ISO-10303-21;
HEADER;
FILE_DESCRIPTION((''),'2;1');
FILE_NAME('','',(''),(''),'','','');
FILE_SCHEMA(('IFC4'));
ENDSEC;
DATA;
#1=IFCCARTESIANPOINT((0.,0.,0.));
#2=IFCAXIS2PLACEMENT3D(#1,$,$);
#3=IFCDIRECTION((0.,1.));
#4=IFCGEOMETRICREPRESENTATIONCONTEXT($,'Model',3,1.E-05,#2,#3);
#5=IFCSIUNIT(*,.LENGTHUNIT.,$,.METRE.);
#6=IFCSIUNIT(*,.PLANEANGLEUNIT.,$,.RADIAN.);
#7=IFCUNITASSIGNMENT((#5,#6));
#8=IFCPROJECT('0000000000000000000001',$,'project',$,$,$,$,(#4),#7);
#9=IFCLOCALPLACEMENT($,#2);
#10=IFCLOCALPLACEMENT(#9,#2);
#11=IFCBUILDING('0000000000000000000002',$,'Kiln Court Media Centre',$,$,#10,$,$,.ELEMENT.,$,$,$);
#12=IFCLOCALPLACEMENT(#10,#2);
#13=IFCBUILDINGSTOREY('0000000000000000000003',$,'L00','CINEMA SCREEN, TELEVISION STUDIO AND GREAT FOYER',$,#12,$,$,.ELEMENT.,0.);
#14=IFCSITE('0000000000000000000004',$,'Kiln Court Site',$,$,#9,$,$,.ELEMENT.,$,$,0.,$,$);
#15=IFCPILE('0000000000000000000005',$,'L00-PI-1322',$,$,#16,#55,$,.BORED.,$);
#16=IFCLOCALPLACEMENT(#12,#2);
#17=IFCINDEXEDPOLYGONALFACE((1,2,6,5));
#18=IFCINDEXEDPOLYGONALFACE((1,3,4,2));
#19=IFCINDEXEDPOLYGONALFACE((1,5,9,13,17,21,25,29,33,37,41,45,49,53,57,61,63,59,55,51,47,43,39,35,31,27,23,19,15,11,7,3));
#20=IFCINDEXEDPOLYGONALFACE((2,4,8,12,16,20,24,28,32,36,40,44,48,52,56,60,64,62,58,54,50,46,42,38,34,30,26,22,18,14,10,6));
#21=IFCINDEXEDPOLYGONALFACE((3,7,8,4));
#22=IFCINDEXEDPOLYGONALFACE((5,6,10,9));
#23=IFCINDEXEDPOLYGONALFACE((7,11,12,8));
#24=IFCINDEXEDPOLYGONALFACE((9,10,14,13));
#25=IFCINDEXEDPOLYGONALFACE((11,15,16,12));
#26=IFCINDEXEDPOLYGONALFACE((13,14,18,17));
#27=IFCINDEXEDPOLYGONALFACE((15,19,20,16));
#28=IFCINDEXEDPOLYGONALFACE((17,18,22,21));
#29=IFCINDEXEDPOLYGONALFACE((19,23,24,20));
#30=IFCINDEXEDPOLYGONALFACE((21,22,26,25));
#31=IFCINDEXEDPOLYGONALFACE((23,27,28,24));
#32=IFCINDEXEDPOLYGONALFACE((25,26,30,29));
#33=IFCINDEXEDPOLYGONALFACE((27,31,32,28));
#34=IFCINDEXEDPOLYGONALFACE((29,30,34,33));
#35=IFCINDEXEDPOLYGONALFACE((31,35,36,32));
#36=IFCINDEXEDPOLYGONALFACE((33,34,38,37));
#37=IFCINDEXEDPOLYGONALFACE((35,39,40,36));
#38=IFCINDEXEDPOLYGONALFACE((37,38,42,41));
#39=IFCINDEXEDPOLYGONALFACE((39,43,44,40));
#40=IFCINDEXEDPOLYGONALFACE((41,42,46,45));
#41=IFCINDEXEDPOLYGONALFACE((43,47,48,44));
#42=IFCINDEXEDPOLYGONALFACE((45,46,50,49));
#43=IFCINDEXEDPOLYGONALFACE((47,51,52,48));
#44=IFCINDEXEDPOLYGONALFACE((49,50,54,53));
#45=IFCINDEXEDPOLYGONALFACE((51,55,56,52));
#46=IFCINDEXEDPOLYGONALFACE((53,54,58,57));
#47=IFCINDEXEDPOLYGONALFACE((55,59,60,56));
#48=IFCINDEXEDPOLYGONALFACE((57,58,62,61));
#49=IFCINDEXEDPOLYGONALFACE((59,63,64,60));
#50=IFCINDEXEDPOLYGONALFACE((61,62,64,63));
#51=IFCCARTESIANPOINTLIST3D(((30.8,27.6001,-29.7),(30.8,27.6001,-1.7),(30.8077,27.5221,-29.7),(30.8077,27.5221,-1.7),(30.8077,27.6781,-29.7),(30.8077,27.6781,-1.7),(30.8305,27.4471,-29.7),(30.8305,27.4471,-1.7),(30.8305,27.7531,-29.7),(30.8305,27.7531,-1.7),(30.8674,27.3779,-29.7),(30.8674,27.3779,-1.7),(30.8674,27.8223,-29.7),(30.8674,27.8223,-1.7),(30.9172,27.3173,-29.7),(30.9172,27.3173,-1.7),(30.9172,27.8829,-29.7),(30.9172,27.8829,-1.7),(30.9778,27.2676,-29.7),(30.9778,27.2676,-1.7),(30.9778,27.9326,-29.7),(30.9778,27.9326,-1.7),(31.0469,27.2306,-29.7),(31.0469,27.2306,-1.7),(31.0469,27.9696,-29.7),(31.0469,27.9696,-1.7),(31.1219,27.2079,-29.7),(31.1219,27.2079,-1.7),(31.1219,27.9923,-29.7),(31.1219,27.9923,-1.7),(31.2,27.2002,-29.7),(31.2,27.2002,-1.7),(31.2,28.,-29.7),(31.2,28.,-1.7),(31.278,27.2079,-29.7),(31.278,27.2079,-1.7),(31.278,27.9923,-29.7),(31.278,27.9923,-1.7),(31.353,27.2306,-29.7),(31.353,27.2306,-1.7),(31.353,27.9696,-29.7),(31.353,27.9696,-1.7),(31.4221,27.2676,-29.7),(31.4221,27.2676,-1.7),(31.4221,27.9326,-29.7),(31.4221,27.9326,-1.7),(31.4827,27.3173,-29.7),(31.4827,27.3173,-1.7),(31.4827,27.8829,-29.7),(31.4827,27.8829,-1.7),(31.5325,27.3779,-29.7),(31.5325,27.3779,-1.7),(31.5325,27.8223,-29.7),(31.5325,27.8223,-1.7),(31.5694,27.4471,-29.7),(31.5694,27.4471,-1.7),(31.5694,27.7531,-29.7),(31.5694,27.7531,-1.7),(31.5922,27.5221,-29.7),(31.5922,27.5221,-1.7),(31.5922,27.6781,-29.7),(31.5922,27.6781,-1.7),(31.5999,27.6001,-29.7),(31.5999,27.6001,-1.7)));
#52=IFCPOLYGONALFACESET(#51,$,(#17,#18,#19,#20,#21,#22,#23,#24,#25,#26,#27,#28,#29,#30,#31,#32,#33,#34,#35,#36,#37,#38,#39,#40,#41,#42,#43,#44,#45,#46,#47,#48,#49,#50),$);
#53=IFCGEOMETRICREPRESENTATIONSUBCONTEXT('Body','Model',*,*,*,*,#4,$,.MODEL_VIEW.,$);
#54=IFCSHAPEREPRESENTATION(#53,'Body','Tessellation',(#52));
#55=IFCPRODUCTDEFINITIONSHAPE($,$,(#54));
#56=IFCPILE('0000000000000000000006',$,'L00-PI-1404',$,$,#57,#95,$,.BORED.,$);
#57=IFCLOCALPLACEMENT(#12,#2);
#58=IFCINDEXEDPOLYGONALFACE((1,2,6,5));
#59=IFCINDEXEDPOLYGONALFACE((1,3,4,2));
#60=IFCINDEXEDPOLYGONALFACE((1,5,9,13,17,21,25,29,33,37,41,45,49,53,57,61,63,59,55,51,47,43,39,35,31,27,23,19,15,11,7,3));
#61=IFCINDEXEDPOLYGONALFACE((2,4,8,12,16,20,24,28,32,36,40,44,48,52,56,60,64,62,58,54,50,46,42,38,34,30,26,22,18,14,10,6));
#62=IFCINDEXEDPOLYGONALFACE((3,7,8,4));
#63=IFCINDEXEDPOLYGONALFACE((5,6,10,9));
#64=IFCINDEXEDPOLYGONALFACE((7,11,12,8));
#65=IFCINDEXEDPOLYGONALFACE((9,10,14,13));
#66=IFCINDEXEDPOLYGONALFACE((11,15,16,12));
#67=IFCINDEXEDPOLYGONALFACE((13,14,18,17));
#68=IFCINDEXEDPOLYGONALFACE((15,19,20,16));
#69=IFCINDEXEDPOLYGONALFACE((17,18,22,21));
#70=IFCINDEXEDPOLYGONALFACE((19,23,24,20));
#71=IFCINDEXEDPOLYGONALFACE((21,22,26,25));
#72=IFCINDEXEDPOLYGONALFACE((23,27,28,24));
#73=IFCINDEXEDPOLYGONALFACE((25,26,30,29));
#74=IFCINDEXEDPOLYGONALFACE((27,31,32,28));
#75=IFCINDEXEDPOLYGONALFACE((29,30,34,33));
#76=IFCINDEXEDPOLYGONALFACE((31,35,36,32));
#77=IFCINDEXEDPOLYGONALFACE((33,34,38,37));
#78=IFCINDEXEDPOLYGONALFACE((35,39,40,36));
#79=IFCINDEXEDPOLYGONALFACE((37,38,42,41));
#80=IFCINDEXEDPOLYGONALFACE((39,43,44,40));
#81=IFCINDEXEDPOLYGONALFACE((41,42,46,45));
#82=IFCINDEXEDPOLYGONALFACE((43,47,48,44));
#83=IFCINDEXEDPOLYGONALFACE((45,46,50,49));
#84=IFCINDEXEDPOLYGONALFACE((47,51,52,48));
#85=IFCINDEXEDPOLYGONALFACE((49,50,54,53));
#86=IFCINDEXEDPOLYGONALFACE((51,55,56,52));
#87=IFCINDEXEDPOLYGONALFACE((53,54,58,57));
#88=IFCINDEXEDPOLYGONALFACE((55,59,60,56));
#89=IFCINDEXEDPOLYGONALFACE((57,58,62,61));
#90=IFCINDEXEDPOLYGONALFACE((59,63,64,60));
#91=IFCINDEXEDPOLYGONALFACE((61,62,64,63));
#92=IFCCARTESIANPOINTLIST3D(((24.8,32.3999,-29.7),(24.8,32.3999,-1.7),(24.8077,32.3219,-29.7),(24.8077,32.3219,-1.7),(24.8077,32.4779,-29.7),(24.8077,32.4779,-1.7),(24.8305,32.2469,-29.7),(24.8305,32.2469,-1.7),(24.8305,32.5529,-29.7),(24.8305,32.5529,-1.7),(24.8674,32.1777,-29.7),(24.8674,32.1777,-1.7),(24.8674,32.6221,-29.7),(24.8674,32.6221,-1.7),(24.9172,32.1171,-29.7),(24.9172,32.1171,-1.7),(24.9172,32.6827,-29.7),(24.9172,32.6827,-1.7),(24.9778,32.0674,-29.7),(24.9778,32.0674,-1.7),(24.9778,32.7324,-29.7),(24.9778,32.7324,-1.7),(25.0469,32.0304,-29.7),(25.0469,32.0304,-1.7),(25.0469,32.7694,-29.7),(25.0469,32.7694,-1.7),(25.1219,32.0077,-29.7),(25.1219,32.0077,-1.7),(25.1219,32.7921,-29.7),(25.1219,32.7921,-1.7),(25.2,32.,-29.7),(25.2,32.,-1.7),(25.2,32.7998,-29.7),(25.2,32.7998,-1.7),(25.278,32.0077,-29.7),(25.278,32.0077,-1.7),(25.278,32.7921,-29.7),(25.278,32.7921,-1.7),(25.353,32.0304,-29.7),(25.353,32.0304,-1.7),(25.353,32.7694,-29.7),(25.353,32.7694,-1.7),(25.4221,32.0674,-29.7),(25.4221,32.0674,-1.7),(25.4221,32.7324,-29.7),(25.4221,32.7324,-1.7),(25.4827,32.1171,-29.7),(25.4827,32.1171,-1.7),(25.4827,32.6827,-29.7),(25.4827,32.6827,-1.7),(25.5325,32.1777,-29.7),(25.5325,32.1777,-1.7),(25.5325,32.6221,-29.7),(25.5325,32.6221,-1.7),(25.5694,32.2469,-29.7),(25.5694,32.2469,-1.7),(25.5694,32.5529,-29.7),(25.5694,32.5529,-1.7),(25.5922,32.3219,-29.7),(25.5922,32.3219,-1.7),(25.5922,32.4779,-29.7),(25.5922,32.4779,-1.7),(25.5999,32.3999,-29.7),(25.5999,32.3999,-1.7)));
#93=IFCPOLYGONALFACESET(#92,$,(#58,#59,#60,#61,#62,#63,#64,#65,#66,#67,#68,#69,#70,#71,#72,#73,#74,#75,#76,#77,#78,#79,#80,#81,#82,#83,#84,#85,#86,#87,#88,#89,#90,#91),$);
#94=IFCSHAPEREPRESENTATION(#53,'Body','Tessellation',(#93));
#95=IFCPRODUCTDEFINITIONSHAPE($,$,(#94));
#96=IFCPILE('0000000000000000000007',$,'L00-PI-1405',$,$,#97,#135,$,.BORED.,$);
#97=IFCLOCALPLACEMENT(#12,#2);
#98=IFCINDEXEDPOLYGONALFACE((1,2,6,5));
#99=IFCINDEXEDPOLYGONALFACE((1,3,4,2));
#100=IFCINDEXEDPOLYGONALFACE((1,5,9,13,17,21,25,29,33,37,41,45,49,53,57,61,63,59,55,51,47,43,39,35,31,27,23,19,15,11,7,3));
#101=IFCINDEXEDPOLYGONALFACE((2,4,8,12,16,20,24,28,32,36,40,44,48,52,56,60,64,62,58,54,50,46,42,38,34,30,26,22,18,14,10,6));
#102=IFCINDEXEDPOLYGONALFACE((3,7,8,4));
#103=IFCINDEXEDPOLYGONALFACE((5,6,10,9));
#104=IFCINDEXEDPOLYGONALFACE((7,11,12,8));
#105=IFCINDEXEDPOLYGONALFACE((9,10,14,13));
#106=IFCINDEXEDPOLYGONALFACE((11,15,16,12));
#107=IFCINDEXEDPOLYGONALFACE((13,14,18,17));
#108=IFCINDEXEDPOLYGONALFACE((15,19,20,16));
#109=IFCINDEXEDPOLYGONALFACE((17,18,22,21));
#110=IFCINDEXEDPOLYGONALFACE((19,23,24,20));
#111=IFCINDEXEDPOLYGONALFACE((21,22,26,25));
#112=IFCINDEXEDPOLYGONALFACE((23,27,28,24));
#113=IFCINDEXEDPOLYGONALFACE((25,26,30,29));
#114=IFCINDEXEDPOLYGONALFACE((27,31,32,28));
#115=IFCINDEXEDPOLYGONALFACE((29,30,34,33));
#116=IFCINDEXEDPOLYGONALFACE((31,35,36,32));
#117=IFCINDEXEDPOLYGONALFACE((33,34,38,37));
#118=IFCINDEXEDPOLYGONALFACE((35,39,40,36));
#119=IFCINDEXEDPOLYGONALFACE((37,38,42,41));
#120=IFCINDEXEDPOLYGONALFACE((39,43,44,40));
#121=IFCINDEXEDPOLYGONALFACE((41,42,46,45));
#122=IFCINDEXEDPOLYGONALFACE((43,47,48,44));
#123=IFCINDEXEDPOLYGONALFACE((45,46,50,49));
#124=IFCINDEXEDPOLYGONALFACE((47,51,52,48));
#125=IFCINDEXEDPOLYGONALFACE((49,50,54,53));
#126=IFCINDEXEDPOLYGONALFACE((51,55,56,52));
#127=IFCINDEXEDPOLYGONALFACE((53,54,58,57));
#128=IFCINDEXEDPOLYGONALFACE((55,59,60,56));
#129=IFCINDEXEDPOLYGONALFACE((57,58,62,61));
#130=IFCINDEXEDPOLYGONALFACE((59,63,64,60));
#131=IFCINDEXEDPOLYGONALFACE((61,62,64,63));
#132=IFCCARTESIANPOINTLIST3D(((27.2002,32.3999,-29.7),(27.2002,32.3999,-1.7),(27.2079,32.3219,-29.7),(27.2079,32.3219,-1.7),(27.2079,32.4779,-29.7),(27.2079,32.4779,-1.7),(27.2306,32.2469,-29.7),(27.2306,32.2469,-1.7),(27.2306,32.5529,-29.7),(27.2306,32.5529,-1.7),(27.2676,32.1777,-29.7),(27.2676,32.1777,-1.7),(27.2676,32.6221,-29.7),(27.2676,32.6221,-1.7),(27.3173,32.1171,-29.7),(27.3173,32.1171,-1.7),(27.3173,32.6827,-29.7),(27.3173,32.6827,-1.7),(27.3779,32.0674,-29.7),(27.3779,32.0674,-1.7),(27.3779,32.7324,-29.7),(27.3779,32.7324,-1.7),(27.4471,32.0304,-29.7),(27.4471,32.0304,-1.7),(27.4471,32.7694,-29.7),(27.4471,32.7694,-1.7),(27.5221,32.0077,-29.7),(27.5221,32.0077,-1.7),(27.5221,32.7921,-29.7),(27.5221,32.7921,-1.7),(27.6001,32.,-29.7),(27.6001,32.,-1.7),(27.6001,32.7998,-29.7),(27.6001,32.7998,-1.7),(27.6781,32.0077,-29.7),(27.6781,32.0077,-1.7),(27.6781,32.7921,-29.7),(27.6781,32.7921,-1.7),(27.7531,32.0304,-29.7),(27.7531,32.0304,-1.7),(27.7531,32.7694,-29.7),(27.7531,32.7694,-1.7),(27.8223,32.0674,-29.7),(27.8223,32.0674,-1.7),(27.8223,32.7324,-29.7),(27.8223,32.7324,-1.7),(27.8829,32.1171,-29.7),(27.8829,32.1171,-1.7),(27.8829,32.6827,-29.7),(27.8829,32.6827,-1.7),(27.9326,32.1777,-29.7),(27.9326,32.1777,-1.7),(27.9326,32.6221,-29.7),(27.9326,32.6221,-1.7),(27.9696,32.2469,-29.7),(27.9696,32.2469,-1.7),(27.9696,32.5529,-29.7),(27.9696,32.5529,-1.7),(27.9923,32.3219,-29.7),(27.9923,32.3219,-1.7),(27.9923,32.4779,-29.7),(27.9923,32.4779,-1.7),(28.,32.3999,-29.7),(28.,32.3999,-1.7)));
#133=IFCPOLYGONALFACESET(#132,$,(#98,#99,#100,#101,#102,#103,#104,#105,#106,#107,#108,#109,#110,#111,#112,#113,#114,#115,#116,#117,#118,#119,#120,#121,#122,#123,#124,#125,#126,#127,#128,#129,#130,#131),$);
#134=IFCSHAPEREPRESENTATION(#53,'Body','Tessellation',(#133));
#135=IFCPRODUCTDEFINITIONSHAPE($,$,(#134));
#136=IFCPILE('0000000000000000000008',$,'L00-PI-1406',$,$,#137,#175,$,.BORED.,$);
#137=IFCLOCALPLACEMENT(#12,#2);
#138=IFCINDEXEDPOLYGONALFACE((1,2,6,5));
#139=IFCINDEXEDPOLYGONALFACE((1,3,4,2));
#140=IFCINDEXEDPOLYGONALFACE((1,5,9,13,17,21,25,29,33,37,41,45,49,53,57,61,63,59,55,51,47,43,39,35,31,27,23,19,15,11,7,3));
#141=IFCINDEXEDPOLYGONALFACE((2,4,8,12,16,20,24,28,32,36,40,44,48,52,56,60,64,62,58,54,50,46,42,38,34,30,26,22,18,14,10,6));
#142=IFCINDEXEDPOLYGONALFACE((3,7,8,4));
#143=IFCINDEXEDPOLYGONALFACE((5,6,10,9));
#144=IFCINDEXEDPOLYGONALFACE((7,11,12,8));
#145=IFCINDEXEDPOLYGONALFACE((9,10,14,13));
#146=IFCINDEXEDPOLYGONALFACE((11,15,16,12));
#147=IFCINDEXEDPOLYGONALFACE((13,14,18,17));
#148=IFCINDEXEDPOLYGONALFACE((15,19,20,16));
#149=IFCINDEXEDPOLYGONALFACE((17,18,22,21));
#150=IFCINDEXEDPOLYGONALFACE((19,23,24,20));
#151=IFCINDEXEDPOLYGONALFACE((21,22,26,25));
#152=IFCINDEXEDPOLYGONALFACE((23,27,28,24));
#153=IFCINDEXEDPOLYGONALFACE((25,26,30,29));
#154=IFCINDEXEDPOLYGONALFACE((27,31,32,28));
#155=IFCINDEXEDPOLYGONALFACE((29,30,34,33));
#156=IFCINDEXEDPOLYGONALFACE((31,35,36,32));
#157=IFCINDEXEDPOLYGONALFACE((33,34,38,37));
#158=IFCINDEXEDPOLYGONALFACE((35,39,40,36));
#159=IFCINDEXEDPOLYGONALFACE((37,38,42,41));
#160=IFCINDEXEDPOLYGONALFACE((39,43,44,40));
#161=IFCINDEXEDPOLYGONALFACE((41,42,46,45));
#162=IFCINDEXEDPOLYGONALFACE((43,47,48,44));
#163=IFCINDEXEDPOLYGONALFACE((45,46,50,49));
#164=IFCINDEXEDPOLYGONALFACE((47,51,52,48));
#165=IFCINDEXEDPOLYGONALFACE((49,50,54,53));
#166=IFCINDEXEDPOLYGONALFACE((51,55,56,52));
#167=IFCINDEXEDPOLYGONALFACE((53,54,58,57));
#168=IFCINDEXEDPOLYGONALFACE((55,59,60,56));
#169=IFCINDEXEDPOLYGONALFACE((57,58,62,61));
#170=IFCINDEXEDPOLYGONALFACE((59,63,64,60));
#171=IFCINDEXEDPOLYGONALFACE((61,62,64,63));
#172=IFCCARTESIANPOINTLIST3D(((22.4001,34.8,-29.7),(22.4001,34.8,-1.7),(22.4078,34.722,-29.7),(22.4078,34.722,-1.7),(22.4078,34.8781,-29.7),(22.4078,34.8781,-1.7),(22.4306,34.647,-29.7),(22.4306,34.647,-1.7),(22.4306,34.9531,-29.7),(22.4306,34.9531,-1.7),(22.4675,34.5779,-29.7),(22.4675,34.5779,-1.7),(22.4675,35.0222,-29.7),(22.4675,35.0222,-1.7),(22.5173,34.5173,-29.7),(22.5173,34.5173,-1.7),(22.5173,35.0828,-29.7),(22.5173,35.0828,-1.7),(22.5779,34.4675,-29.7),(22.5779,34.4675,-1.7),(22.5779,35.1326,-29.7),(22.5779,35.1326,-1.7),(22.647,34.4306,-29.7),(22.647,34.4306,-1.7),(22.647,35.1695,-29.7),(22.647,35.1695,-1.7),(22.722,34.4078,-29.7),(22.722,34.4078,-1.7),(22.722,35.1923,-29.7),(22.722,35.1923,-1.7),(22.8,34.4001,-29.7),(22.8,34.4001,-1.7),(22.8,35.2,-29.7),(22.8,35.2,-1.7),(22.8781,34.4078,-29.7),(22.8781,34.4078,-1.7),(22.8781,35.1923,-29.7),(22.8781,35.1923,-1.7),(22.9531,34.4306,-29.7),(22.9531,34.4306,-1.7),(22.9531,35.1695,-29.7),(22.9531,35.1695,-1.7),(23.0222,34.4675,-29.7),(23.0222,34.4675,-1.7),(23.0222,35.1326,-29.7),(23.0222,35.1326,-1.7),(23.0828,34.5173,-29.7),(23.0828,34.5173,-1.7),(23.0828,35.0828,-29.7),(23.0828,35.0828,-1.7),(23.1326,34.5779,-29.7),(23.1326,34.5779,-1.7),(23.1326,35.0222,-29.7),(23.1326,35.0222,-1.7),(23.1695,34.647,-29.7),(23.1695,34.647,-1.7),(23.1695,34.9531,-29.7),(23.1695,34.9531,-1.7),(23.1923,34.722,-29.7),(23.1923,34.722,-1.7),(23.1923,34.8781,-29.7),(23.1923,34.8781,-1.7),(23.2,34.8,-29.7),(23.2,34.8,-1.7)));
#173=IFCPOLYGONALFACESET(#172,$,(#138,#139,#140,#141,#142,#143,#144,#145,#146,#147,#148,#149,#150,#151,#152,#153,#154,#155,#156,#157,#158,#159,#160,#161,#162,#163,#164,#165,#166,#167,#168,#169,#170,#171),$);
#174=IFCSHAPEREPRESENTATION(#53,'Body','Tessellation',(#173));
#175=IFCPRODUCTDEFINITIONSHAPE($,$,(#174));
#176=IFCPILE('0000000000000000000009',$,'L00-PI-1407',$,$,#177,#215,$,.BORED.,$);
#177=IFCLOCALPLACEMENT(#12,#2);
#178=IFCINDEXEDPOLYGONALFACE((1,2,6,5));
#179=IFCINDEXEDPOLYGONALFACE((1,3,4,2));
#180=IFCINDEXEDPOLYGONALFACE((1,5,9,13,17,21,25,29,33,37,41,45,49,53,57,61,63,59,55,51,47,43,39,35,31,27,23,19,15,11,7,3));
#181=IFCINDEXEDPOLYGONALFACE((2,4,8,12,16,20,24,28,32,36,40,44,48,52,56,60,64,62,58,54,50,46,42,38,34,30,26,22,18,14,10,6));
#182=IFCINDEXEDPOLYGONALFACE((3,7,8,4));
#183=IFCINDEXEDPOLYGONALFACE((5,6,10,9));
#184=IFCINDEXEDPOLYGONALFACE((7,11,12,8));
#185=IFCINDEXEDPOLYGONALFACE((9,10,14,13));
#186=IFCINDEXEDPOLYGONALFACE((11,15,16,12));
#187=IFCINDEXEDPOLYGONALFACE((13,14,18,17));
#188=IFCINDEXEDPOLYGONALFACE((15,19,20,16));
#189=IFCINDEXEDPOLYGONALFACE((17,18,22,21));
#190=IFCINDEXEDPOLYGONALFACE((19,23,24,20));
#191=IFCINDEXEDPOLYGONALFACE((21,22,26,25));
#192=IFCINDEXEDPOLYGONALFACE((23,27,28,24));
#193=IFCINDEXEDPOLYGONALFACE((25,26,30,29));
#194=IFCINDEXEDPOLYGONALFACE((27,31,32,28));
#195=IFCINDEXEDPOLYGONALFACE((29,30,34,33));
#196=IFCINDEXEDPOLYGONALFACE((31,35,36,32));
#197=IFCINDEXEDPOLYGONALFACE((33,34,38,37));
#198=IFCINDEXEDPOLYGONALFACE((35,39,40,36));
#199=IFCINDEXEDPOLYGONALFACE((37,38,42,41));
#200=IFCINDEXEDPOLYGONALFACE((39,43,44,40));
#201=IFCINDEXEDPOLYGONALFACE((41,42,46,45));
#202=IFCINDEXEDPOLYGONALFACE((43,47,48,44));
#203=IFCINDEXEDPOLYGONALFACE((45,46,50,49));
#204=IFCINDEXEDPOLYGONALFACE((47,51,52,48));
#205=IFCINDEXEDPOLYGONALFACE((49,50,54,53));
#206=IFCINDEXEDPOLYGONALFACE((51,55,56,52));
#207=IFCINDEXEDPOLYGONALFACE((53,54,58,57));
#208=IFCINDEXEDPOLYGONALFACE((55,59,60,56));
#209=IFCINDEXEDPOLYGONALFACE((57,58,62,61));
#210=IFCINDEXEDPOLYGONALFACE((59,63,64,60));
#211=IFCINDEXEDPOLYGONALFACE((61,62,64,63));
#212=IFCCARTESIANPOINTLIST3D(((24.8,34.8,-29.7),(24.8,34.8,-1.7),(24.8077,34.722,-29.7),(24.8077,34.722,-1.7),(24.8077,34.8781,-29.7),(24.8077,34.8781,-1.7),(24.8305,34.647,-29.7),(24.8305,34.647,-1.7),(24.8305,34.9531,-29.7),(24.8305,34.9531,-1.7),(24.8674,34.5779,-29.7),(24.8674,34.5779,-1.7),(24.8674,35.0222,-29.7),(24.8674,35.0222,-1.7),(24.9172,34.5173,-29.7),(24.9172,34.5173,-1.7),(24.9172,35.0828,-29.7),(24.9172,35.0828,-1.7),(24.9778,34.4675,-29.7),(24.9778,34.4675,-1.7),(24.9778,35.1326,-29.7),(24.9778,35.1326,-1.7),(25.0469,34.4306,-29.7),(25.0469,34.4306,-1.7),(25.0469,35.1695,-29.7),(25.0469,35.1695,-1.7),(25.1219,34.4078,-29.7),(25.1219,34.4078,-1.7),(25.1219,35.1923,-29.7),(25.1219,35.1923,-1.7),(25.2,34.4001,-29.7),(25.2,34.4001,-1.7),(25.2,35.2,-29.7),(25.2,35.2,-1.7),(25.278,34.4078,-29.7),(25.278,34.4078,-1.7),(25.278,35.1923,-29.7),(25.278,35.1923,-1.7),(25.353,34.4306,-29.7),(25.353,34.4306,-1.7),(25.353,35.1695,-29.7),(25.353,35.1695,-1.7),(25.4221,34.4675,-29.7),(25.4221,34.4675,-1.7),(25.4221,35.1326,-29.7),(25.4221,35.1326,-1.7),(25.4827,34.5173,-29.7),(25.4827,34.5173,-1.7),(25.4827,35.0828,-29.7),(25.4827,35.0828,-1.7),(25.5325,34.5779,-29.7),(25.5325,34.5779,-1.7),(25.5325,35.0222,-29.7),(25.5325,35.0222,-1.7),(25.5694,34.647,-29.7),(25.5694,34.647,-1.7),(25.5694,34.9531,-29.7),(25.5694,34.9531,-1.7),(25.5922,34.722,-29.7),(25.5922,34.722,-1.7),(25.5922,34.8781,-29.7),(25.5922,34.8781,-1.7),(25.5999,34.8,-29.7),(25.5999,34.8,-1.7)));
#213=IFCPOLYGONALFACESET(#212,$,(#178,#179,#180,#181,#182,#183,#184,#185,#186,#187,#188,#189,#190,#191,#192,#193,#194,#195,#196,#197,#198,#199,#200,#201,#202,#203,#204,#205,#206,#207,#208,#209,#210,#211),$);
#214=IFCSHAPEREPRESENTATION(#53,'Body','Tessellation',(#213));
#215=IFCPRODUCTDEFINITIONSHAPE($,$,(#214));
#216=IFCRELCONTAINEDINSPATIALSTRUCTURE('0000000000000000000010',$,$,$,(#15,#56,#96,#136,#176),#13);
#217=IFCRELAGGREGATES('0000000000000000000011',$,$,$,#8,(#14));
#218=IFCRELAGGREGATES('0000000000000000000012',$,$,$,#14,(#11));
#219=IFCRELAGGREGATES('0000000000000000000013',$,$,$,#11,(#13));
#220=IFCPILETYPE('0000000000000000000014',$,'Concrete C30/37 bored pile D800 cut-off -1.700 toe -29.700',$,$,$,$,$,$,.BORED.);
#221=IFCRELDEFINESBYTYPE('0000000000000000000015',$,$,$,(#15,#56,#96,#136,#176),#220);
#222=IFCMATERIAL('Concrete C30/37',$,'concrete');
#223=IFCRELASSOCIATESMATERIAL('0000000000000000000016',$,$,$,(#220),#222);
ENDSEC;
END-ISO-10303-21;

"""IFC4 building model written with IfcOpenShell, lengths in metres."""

from ifc_helpers import new_model, si_unit, direction, frame, origin, origin_2d, place, context, subcontext, project, spatial, circle, extrude, material, material_profile, profile_set, type_object, element, save


model = new_model("IFC4")

# Units and contexts
model_context = context("Model", 3, precision=1e-05, world=origin(), true_north=direction((0.0, 1.0)))
body_context = subcontext(model_context, "Body", "Model", "MODEL_VIEW")
ifc_project = project(units=[si_unit("LENGTHUNIT", "METRE"), si_unit("PLANEANGLEUNIT", "RADIAN")], contexts=[model_context])

# Site, building, storey
site_placement = place(None, origin())
site = spatial("IfcSite", under=ifc_project, at=site_placement, Name="Kiln Court Site", CompositionType="ELEMENT", RefElevation=0.0)
building_placement = place(site_placement, origin())
building = spatial("IfcBuilding", under=site, at=building_placement, Name="Kiln Court Media Centre", CompositionType="ELEMENT")
storey_placement = place(building_placement, origin())
storey = spatial("IfcBuildingStorey", under=building, at=storey_placement, Name="L00", Description="CINEMA SCREEN, TELEVISION STUDIO AND GREAT FOYER", CompositionType="ELEMENT", Elevation=0.0)

# Piles
ifc_material_1 = material(Name="Concrete C30/37", Category="concrete")
ifc_material_profile_1 = material_profile(ifc_material_1, circle(Radius=0.3999, at=origin_2d()), Name="PILE D800")
ifc_profile_set_1 = profile_set([ifc_material_profile_1], Name="Concrete C30/37")
pile_type_1 = type_object("IfcPileType", Name="Concrete C30/37 bored pile D800 cut-off -1.700 toe -29.700", PredefinedType="BORED", material=ifc_profile_set_1)
for number, where, z_axis, x_axis, name in (
    (1, (31.2, 27.6001, -1.7), (0.0, 0.0, -1.0), (1.0, 0.0, 0.0), "L00-PI-1322"),
    (2, (25.2, 32.3999, -1.7), (0.0, 0.0, -1.0), (1.0, 0.0, 0.0), "L00-PI-1404"),
    (3, (27.6001, 32.3999, -1.7), (0.0, 0.0, -1.0), (1.0, 0.0, 0.0), "L00-PI-1405"),
    (4, (22.8, 34.8, -1.7), (0.0, 0.0, -1.0), (1.0, 0.0, 0.0), "L00-PI-1406"),
    (5, (25.2, 34.8, -1.7), (0.0, 0.0, -1.0), (1.0, 0.0, 0.0), "L00-PI-1407"),
):
    element("IfcPile", number, at=place(storey_placement, frame(where, z_axis=z_axis, x_axis=x_axis)), inside=storey, type_object=pile_type_1, Name=name, PredefinedType="BORED", context=body_context, shape_type="SweptSolid", body=[
        extrude(circle(Radius=0.3999, at=origin_2d()), origin(), (0.0, 0.0, 1.0), 28.0),
    ])

save(model, "model.ifc")
